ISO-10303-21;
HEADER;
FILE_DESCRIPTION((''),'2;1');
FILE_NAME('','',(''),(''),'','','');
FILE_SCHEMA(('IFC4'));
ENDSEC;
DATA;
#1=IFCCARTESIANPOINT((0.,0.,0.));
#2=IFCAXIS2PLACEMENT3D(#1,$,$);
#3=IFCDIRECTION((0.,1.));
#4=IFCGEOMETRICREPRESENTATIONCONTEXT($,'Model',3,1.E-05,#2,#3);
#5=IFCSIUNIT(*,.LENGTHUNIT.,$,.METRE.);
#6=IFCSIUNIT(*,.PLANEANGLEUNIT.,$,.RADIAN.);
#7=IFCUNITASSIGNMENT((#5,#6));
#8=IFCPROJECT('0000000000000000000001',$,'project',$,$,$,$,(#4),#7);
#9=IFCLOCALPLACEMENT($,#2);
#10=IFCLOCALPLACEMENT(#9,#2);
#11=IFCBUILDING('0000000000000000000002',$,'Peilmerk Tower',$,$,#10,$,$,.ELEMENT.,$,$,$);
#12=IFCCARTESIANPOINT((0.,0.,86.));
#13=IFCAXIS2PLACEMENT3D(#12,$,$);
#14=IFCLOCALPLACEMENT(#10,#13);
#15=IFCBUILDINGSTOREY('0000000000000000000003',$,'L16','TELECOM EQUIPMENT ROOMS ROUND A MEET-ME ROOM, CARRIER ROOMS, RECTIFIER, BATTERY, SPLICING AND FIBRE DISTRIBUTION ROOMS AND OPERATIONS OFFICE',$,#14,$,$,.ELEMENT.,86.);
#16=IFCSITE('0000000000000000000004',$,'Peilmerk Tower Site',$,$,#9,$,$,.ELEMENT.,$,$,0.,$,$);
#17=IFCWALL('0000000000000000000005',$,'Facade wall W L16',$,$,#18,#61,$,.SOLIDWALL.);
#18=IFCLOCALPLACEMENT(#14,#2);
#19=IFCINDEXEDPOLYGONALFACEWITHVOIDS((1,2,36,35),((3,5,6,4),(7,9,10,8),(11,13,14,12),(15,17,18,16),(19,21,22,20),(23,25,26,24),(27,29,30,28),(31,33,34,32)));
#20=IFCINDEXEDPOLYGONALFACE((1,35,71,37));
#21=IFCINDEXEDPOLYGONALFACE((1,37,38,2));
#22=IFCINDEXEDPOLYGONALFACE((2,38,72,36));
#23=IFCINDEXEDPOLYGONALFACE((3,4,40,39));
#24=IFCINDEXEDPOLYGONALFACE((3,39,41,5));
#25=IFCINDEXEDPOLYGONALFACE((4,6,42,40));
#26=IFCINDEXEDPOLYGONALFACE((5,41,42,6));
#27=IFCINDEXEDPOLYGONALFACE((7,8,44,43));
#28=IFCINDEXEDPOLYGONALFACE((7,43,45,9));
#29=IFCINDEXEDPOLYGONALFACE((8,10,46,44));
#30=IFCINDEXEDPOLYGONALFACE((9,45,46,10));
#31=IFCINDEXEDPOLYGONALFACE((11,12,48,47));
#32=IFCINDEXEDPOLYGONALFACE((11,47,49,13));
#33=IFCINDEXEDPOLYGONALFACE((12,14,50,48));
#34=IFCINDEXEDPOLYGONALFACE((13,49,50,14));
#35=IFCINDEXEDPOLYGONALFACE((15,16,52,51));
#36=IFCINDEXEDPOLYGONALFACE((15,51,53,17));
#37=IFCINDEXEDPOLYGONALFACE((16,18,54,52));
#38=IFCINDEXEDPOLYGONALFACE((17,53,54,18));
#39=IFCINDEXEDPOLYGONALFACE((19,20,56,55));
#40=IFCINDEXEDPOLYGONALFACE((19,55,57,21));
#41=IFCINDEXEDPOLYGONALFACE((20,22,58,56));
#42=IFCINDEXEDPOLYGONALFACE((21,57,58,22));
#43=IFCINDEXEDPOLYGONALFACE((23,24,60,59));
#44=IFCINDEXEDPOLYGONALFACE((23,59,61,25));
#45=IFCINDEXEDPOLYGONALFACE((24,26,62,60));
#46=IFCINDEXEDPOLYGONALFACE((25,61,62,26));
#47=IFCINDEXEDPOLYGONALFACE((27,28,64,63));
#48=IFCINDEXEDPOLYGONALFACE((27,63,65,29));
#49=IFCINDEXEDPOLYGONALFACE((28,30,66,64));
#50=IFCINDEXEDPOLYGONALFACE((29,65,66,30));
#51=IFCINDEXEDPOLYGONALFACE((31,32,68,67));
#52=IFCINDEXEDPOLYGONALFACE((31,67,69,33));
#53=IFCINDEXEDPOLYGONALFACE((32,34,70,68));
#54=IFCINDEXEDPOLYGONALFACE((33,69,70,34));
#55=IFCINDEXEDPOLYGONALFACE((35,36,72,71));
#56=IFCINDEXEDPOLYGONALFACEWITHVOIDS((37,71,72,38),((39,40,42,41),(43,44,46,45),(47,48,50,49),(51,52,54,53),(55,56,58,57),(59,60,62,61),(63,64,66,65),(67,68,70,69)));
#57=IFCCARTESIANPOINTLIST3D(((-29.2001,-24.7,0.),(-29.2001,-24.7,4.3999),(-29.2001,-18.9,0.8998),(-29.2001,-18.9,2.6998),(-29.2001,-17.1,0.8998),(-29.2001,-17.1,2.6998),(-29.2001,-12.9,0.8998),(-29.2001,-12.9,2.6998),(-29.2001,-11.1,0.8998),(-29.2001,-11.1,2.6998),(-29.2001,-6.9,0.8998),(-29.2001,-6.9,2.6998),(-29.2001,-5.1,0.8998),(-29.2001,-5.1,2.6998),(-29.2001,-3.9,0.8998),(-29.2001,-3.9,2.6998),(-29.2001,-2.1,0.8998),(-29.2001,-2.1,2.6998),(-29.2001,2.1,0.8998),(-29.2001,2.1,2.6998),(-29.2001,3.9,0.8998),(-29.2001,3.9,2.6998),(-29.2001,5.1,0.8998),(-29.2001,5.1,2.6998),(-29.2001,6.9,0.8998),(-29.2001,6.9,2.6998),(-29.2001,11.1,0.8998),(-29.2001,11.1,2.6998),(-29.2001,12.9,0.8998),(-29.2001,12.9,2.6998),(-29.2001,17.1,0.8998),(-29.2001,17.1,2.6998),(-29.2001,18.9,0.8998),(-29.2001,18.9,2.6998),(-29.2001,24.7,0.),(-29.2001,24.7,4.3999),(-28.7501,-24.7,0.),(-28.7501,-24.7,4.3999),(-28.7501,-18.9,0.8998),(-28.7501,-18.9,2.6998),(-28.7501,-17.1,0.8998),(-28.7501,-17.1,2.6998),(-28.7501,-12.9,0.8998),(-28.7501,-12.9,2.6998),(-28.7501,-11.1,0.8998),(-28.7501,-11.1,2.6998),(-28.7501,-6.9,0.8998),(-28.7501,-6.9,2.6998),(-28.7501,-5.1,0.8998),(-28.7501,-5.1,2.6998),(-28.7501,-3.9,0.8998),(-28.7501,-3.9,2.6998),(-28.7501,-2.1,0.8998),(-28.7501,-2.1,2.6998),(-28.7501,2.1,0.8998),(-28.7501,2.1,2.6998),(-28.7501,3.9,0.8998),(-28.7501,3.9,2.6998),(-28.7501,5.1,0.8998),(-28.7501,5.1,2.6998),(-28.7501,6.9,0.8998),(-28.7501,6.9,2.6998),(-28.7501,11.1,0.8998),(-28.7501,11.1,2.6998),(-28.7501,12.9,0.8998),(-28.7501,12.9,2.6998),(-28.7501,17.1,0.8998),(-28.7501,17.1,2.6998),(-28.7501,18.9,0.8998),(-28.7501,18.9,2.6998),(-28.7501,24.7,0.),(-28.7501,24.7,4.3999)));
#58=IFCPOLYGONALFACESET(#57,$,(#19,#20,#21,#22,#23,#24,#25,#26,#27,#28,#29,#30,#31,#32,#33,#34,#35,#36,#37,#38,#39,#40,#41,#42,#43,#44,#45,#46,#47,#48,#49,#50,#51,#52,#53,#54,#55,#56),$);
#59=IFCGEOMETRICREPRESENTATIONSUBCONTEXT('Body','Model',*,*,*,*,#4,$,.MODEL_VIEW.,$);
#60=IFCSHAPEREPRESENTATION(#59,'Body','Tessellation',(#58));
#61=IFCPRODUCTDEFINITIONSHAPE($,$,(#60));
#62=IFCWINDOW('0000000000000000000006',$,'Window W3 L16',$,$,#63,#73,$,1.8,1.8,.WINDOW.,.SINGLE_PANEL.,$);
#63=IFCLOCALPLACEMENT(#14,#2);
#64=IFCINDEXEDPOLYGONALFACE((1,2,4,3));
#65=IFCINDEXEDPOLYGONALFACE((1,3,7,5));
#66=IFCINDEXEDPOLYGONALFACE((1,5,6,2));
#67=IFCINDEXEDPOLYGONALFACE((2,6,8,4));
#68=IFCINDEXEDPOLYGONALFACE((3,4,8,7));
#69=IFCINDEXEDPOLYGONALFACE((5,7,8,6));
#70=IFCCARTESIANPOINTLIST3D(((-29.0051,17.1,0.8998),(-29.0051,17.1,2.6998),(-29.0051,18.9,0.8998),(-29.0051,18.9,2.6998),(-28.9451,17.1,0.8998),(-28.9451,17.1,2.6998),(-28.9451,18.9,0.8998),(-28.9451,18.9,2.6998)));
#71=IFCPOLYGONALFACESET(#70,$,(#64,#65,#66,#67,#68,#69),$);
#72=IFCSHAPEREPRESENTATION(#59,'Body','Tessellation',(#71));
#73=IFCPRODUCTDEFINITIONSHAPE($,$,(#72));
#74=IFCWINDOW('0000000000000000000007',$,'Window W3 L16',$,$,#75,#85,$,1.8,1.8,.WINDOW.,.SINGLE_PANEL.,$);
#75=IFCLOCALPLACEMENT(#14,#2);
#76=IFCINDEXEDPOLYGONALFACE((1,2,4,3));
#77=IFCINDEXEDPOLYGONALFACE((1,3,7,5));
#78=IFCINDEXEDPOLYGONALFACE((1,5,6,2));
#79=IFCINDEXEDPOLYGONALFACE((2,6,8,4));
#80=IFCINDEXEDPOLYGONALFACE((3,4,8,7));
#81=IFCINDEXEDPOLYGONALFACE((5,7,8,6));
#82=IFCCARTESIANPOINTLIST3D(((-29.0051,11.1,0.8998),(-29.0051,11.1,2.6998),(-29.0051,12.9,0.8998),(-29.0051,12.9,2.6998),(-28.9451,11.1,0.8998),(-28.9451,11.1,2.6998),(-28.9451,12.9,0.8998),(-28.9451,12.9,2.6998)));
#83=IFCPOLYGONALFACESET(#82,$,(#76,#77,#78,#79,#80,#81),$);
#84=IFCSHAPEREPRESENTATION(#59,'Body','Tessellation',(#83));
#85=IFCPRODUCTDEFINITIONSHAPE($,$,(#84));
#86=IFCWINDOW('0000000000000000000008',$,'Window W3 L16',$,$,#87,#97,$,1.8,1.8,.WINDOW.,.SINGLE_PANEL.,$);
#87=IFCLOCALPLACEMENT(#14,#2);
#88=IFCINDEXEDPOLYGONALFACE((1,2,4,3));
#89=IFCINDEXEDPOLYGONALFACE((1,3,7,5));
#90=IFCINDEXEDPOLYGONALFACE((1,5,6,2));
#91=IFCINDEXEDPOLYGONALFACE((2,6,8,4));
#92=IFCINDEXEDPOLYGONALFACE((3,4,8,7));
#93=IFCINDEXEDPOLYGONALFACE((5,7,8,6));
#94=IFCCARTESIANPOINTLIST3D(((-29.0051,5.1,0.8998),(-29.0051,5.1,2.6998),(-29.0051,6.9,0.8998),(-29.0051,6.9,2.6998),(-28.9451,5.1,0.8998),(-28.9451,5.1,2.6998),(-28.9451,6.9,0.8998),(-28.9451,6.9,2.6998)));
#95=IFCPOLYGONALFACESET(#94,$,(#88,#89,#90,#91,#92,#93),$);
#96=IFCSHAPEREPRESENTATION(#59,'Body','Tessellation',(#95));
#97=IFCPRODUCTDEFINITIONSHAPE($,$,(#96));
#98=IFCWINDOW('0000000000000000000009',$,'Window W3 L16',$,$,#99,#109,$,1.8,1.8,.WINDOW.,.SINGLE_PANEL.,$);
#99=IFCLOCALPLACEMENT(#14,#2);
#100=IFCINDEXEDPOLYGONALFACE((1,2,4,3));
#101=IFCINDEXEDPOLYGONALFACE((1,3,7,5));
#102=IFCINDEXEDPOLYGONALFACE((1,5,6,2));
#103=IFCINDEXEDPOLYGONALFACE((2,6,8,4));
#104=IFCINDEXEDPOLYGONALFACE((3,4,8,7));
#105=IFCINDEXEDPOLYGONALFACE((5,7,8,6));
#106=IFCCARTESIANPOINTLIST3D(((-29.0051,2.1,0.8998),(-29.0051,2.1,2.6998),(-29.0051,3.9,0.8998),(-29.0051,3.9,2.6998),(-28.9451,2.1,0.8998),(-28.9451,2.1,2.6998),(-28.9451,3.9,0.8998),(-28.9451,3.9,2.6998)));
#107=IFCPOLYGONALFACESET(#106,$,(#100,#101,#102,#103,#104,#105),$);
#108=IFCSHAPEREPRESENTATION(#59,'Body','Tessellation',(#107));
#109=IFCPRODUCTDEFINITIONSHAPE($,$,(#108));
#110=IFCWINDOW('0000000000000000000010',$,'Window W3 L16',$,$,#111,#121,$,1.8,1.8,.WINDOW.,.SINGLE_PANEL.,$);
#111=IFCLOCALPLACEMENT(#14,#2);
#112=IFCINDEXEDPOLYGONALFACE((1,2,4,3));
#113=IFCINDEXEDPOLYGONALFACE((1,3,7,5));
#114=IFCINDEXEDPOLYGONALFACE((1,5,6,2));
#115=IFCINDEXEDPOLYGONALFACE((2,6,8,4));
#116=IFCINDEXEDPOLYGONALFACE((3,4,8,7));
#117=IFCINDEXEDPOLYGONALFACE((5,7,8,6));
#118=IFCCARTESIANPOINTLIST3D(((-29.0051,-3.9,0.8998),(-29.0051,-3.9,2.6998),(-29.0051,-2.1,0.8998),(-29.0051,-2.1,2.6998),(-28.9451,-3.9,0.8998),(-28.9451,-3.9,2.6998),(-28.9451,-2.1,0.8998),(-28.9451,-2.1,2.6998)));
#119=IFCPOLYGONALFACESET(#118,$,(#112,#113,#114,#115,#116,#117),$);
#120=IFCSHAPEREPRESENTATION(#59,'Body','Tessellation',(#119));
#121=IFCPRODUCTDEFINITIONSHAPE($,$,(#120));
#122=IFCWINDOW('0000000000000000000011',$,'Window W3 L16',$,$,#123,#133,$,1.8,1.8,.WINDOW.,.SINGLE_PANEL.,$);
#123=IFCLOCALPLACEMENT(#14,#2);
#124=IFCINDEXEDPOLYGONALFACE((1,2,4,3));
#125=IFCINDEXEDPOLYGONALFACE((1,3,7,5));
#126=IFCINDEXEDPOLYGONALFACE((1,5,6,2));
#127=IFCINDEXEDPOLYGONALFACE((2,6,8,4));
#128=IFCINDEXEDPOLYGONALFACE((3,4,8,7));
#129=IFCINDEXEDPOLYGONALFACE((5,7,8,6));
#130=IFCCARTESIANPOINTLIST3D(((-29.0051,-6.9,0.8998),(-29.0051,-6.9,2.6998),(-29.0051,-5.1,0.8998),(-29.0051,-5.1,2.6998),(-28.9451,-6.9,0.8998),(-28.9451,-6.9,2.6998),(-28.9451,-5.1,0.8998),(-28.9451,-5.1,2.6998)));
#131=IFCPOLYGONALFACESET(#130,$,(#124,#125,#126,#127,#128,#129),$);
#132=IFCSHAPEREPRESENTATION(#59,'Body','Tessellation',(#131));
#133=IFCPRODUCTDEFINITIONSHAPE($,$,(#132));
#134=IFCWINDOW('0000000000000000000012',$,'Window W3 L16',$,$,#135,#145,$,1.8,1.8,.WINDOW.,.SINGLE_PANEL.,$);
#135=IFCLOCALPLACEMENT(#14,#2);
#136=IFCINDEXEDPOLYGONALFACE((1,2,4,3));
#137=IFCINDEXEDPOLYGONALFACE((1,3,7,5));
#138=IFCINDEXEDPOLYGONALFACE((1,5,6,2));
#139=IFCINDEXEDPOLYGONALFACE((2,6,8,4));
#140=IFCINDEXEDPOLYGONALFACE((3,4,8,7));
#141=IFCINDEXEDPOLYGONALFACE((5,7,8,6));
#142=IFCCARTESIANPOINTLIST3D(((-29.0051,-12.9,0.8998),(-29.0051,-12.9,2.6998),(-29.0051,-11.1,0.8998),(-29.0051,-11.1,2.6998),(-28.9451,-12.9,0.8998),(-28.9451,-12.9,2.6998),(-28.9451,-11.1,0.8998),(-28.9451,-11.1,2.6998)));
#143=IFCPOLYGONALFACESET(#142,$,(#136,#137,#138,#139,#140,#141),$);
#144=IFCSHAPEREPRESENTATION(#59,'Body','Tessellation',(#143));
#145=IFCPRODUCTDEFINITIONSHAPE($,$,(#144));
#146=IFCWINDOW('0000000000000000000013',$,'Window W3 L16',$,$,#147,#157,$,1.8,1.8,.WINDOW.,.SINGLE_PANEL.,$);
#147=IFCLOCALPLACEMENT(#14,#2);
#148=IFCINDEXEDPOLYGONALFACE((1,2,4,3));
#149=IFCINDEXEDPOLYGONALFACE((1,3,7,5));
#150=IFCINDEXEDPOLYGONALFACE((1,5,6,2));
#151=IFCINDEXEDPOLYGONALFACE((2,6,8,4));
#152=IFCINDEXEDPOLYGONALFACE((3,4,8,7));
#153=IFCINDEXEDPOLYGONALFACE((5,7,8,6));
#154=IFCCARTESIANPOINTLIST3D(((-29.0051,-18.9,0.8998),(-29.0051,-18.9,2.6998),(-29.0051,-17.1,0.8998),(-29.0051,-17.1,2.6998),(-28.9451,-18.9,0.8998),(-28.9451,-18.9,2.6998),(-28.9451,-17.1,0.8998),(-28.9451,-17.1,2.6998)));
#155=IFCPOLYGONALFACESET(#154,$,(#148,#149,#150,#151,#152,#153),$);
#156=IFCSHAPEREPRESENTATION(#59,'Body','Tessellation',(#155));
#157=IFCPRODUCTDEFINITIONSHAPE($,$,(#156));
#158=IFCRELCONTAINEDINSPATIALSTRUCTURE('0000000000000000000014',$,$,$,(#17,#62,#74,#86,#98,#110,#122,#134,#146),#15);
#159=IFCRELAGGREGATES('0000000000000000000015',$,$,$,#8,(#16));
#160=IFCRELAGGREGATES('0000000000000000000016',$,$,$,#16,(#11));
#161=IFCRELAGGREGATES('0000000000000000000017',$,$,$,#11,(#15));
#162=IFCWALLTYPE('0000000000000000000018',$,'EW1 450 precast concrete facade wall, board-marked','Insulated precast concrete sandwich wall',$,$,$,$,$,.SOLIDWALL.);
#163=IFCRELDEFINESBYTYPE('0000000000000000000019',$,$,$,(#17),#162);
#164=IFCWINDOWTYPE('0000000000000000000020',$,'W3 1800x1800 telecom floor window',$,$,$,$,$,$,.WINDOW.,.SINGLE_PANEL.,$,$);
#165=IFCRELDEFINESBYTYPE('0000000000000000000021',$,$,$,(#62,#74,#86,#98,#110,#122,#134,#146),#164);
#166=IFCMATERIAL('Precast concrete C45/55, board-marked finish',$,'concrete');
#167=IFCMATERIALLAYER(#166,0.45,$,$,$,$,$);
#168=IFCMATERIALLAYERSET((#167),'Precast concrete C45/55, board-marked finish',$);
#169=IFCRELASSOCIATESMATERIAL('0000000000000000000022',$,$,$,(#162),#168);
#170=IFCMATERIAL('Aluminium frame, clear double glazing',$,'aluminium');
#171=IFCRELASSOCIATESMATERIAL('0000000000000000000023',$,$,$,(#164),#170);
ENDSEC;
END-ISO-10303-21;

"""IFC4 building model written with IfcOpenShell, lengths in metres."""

from ifc_helpers import new_model, si_unit, direction, frame, frame_2d, origin, place, context, subcontext, project, spatial, rectangle, extrude, material, layer, layer_set, type_object, element, fill, save


model = new_model("IFC4")

# Units and contexts
model_context = context("Model", 3, precision=1e-05, world=origin(), true_north=direction((0.0, 1.0)))
body_context = subcontext(model_context, "Body", "Model", "MODEL_VIEW")
ifc_project = project(units=[si_unit("LENGTHUNIT", "METRE"), si_unit("PLANEANGLEUNIT", "RADIAN")], contexts=[model_context])

# Site, building, storey
site_placement = place(None, origin())
site = spatial("IfcSite", under=ifc_project, at=site_placement, Name="Peilmerk Tower Site", CompositionType="ELEMENT", RefElevation=0.0)
building_placement = place(site_placement, origin())
building = spatial("IfcBuilding", under=site, at=building_placement, Name="Peilmerk Tower", CompositionType="ELEMENT")
storey_placement = place(building_placement, frame((0.0, 0.0, 86.0)))
storey = spatial("IfcBuildingStorey", under=building, at=storey_placement, Name="L16", Description="TELECOM EQUIPMENT ROOMS ROUND A MEET-ME ROOM, CARRIER ROOMS, RECTIFIER, BATTERY, SPLICING AND FIBRE DISTRIBUTION ROOMS AND OPERATIONS OFFICE", CompositionType="ELEMENT", Elevation=86.0)

# Wall, openings, windows
ifc_material_1 = material(Name="Precast concrete C45/55, board-marked finish", Category="concrete")
ifc_layer = layer(ifc_material_1, 0.45)
ifc_layer_set = layer_set([ifc_layer], Name="Precast concrete C45/55, board-marked finish")
wall_type = type_object("IfcWallType", Name="EW1 450 precast concrete facade wall, board-marked", Description="Insulated precast concrete sandwich wall", PredefinedType="SOLIDWALL", material=ifc_layer_set)
wall_1_placement = place(storey_placement, frame((-28.9751, 24.7, 0.0), z_axis=(0.0, 0.0, 1.0), x_axis=(0.0, -1.0, 0.0)))
wall_1 = element("IfcWall", 1, at=wall_1_placement, inside=storey, type_object=wall_type, Name="Facade wall W L16", PredefinedType="SOLIDWALL", context=body_context, shape_type="SweptSolid", body=[
    extrude(rectangle(XDim=49.3999, YDim=0.45, at=frame_2d((24.7, 0.0))), origin(), (0.0, 0.0, 1.0), 4.3999),
])
opening_1_placement = place(wall_1_placement, frame((5.8, 0.0, 0.8999)))
opening_1 = element("IfcOpeningElement", 2, at=opening_1_placement, cuts=wall_1, PredefinedType="OPENING", context=body_context, shape_type="SweptSolid", body=[
    extrude(rectangle(XDim=1.8, YDim=1.8, at=frame_2d((0.8999, 0.8999))), frame((0.0, 0.2349, 0.0), z_axis=(0.0, -1.0, 0.0), x_axis=(1.0, 0.0, 0.0)), (0.0, 0.0, 1.0), 0.47),
])
opening_2_placement = place(wall_1_placement, frame((11.8, 0.0, 0.8999)))
opening_2 = element("IfcOpeningElement", 3, at=opening_2_placement, cuts=wall_1, PredefinedType="OPENING", context=body_context, shape_type="SweptSolid", body=[
    extrude(rectangle(XDim=1.8, YDim=1.8, at=frame_2d((0.8999, 0.8999))), frame((0.0, 0.2349, 0.0), z_axis=(0.0, -1.0, 0.0), x_axis=(1.0, 0.0, 0.0)), (0.0, 0.0, 1.0), 0.47),
])
opening_3_placement = place(wall_1_placement, frame((17.8, 0.0, 0.8999)))
opening_3 = element("IfcOpeningElement", 4, at=opening_3_placement, cuts=wall_1, PredefinedType="OPENING", context=body_context, shape_type="SweptSolid", body=[
    extrude(rectangle(XDim=1.8, YDim=1.8, at=frame_2d((0.8999, 0.8999))), frame((0.0, 0.2349, 0.0), z_axis=(0.0, -1.0, 0.0), x_axis=(1.0, 0.0, 0.0)), (0.0, 0.0, 1.0), 0.47),
])
opening_4_placement = place(wall_1_placement, frame((20.8, 0.0, 0.8999)))
opening_4 = element("IfcOpeningElement", 5, at=opening_4_placement, cuts=wall_1, PredefinedType="OPENING", context=body_context, shape_type="SweptSolid", body=[
    extrude(rectangle(XDim=1.8, YDim=1.8, at=frame_2d((0.8999, 0.8999))), frame((0.0, 0.2349, 0.0), z_axis=(0.0, -1.0, 0.0), x_axis=(1.0, 0.0, 0.0)), (0.0, 0.0, 1.0), 0.47),
])
opening_5_placement = place(wall_1_placement, frame((26.8, 0.0, 0.8999)))
opening_5 = element("IfcOpeningElement", 6, at=opening_5_placement, cuts=wall_1, PredefinedType="OPENING", context=body_context, shape_type="SweptSolid", body=[
    extrude(rectangle(XDim=1.8, YDim=1.8, at=frame_2d((0.8999, 0.8999))), frame((0.0, 0.2349, 0.0), z_axis=(0.0, -1.0, 0.0), x_axis=(1.0, 0.0, 0.0)), (0.0, 0.0, 1.0), 0.47),
])
opening_6_placement = place(wall_1_placement, frame((29.8, 0.0, 0.8999)))
opening_6 = element("IfcOpeningElement", 7, at=opening_6_placement, cuts=wall_1, PredefinedType="OPENING", context=body_context, shape_type="SweptSolid", body=[
    extrude(rectangle(XDim=1.8, YDim=1.8, at=frame_2d((0.8999, 0.8999))), frame((0.0, 0.2349, 0.0), z_axis=(0.0, -1.0, 0.0), x_axis=(1.0, 0.0, 0.0)), (0.0, 0.0, 1.0), 0.47),
])
opening_7_placement = place(wall_1_placement, frame((35.8, 0.0, 0.8999)))
opening_7 = element("IfcOpeningElement", 8, at=opening_7_placement, cuts=wall_1, PredefinedType="OPENING", context=body_context, shape_type="SweptSolid", body=[
    extrude(rectangle(XDim=1.8, YDim=1.8, at=frame_2d((0.8999, 0.8999))), frame((0.0, 0.2349, 0.0), z_axis=(0.0, -1.0, 0.0), x_axis=(1.0, 0.0, 0.0)), (0.0, 0.0, 1.0), 0.47),
])
opening_8_placement = place(wall_1_placement, frame((41.8, 0.0, 0.8999)))
opening_8 = element("IfcOpeningElement", 9, at=opening_8_placement, cuts=wall_1, PredefinedType="OPENING", context=body_context, shape_type="SweptSolid", body=[
    extrude(rectangle(XDim=1.8, YDim=1.8, at=frame_2d((0.8999, 0.8999))), frame((0.0, 0.2349, 0.0), z_axis=(0.0, -1.0, 0.0), x_axis=(1.0, 0.0, 0.0)), (0.0, 0.0, 1.0), 0.47),
])
ifc_material_2 = material(Name="Aluminium frame, clear double glazing", Category="aluminium")
window_type = type_object("IfcWindowType", Name="W3 1800x1800 telecom floor window", PartitioningType="SINGLE_PANEL", PredefinedType="WINDOW", material=ifc_material_2)
window_1_placement = place(opening_1_placement, origin())
window_1 = element("IfcWindow", 10, at=window_1_placement, inside=storey, type_object=window_type, Name="Window W3 L16", OverallHeight=1.8, OverallWidth=1.8, PartitioningType="SINGLE_PANEL", PredefinedType="WINDOW", context=body_context, shape_type="SweptSolid", body=[
    extrude(rectangle(XDim=1.8, YDim=1.8, at=frame_2d((0.8999, 0.8999))), frame((0.0, 0.03, 0.0), z_axis=(0.0, -1.0, 0.0), x_axis=(1.0, 0.0, 0.0)), (0.0, 0.0, 1.0), 0.0601),
])
fill(opening_1, window_1)
window_2_placement = place(opening_2_placement, origin())
window_2 = element("IfcWindow", 11, at=window_2_placement, inside=storey, type_object=window_type, Name="Window W3 L16", OverallHeight=1.8, OverallWidth=1.8, PartitioningType="SINGLE_PANEL", PredefinedType="WINDOW", context=body_context, shape_type="SweptSolid", body=[
    extrude(rectangle(XDim=1.8, YDim=1.8, at=frame_2d((0.8999, 0.8999))), frame((0.0, 0.03, 0.0), z_axis=(0.0, -1.0, 0.0), x_axis=(1.0, 0.0, 0.0)), (0.0, 0.0, 1.0), 0.0601),
])
fill(opening_2, window_2)
window_3_placement = place(opening_3_placement, origin())
window_3 = element("IfcWindow", 12, at=window_3_placement, inside=storey, type_object=window_type, Name="Window W3 L16", OverallHeight=1.8, OverallWidth=1.8, PartitioningType="SINGLE_PANEL", PredefinedType="WINDOW", context=body_context, shape_type="SweptSolid", body=[
    extrude(rectangle(XDim=1.8, YDim=1.8, at=frame_2d((0.8999, 0.8999))), frame((0.0, 0.03, 0.0), z_axis=(0.0, -1.0, 0.0), x_axis=(1.0, 0.0, 0.0)), (0.0, 0.0, 1.0), 0.0601),
])
fill(opening_3, window_3)
window_4_placement = place(opening_4_placement, origin())
window_4 = element("IfcWindow", 13, at=window_4_placement, inside=storey, type_object=window_type, Name="Window W3 L16", OverallHeight=1.8, OverallWidth=1.8, PartitioningType="SINGLE_PANEL", PredefinedType="WINDOW", context=body_context, shape_type="SweptSolid", body=[
    extrude(rectangle(XDim=1.8, YDim=1.8, at=frame_2d((0.8999, 0.8999))), frame((0.0, 0.03, 0.0), z_axis=(0.0, -1.0, 0.0), x_axis=(1.0, 0.0, 0.0)), (0.0, 0.0, 1.0), 0.0601),
])
fill(opening_4, window_4)
window_5_placement = place(opening_5_placement, origin())
window_5 = element("IfcWindow", 14, at=window_5_placement, inside=storey, type_object=window_type, Name="Window W3 L16", OverallHeight=1.8, OverallWidth=1.8, PartitioningType="SINGLE_PANEL", PredefinedType="WINDOW", context=body_context, shape_type="SweptSolid", body=[
    extrude(rectangle(XDim=1.8, YDim=1.8, at=frame_2d((0.8999, 0.8999))), frame((0.0, 0.03, 0.0), z_axis=(0.0, -1.0, 0.0), x_axis=(1.0, 0.0, 0.0)), (0.0, 0.0, 1.0), 0.0601),
])
fill(opening_5, window_5)
window_6_placement = place(opening_6_placement, origin())
window_6 = element("IfcWindow", 15, at=window_6_placement, inside=storey, type_object=window_type, Name="Window W3 L16", OverallHeight=1.8, OverallWidth=1.8, PartitioningType="SINGLE_PANEL", PredefinedType="WINDOW", context=body_context, shape_type="SweptSolid", body=[
    extrude(rectangle(XDim=1.8, YDim=1.8, at=frame_2d((0.8999, 0.8999))), frame((0.0, 0.03, 0.0), z_axis=(0.0, -1.0, 0.0), x_axis=(1.0, 0.0, 0.0)), (0.0, 0.0, 1.0), 0.0601),
])
fill(opening_6, window_6)
window_7_placement = place(opening_7_placement, origin())
window_7 = element("IfcWindow", 16, at=window_7_placement, inside=storey, type_object=window_type, Name="Window W3 L16", OverallHeight=1.8, OverallWidth=1.8, PartitioningType="SINGLE_PANEL", PredefinedType="WINDOW", context=body_context, shape_type="SweptSolid", body=[
    extrude(rectangle(XDim=1.8, YDim=1.8, at=frame_2d((0.8999, 0.8999))), frame((0.0, 0.03, 0.0), z_axis=(0.0, -1.0, 0.0), x_axis=(1.0, 0.0, 0.0)), (0.0, 0.0, 1.0), 0.0601),
])
fill(opening_7, window_7)
window_8_placement = place(opening_8_placement, origin())
window_8 = element("IfcWindow", 17, at=window_8_placement, inside=storey, type_object=window_type, Name="Window W3 L16", OverallHeight=1.8, OverallWidth=1.8, PartitioningType="SINGLE_PANEL", PredefinedType="WINDOW", context=body_context, shape_type="SweptSolid", body=[
    extrude(rectangle(XDim=1.8, YDim=1.8, at=frame_2d((0.8999, 0.8999))), frame((0.0, 0.03, 0.0), z_axis=(0.0, -1.0, 0.0), x_axis=(1.0, 0.0, 0.0)), (0.0, 0.0, 1.0), 0.0601),
])
fill(opening_8, window_8)

save(model, "model.ifc")
